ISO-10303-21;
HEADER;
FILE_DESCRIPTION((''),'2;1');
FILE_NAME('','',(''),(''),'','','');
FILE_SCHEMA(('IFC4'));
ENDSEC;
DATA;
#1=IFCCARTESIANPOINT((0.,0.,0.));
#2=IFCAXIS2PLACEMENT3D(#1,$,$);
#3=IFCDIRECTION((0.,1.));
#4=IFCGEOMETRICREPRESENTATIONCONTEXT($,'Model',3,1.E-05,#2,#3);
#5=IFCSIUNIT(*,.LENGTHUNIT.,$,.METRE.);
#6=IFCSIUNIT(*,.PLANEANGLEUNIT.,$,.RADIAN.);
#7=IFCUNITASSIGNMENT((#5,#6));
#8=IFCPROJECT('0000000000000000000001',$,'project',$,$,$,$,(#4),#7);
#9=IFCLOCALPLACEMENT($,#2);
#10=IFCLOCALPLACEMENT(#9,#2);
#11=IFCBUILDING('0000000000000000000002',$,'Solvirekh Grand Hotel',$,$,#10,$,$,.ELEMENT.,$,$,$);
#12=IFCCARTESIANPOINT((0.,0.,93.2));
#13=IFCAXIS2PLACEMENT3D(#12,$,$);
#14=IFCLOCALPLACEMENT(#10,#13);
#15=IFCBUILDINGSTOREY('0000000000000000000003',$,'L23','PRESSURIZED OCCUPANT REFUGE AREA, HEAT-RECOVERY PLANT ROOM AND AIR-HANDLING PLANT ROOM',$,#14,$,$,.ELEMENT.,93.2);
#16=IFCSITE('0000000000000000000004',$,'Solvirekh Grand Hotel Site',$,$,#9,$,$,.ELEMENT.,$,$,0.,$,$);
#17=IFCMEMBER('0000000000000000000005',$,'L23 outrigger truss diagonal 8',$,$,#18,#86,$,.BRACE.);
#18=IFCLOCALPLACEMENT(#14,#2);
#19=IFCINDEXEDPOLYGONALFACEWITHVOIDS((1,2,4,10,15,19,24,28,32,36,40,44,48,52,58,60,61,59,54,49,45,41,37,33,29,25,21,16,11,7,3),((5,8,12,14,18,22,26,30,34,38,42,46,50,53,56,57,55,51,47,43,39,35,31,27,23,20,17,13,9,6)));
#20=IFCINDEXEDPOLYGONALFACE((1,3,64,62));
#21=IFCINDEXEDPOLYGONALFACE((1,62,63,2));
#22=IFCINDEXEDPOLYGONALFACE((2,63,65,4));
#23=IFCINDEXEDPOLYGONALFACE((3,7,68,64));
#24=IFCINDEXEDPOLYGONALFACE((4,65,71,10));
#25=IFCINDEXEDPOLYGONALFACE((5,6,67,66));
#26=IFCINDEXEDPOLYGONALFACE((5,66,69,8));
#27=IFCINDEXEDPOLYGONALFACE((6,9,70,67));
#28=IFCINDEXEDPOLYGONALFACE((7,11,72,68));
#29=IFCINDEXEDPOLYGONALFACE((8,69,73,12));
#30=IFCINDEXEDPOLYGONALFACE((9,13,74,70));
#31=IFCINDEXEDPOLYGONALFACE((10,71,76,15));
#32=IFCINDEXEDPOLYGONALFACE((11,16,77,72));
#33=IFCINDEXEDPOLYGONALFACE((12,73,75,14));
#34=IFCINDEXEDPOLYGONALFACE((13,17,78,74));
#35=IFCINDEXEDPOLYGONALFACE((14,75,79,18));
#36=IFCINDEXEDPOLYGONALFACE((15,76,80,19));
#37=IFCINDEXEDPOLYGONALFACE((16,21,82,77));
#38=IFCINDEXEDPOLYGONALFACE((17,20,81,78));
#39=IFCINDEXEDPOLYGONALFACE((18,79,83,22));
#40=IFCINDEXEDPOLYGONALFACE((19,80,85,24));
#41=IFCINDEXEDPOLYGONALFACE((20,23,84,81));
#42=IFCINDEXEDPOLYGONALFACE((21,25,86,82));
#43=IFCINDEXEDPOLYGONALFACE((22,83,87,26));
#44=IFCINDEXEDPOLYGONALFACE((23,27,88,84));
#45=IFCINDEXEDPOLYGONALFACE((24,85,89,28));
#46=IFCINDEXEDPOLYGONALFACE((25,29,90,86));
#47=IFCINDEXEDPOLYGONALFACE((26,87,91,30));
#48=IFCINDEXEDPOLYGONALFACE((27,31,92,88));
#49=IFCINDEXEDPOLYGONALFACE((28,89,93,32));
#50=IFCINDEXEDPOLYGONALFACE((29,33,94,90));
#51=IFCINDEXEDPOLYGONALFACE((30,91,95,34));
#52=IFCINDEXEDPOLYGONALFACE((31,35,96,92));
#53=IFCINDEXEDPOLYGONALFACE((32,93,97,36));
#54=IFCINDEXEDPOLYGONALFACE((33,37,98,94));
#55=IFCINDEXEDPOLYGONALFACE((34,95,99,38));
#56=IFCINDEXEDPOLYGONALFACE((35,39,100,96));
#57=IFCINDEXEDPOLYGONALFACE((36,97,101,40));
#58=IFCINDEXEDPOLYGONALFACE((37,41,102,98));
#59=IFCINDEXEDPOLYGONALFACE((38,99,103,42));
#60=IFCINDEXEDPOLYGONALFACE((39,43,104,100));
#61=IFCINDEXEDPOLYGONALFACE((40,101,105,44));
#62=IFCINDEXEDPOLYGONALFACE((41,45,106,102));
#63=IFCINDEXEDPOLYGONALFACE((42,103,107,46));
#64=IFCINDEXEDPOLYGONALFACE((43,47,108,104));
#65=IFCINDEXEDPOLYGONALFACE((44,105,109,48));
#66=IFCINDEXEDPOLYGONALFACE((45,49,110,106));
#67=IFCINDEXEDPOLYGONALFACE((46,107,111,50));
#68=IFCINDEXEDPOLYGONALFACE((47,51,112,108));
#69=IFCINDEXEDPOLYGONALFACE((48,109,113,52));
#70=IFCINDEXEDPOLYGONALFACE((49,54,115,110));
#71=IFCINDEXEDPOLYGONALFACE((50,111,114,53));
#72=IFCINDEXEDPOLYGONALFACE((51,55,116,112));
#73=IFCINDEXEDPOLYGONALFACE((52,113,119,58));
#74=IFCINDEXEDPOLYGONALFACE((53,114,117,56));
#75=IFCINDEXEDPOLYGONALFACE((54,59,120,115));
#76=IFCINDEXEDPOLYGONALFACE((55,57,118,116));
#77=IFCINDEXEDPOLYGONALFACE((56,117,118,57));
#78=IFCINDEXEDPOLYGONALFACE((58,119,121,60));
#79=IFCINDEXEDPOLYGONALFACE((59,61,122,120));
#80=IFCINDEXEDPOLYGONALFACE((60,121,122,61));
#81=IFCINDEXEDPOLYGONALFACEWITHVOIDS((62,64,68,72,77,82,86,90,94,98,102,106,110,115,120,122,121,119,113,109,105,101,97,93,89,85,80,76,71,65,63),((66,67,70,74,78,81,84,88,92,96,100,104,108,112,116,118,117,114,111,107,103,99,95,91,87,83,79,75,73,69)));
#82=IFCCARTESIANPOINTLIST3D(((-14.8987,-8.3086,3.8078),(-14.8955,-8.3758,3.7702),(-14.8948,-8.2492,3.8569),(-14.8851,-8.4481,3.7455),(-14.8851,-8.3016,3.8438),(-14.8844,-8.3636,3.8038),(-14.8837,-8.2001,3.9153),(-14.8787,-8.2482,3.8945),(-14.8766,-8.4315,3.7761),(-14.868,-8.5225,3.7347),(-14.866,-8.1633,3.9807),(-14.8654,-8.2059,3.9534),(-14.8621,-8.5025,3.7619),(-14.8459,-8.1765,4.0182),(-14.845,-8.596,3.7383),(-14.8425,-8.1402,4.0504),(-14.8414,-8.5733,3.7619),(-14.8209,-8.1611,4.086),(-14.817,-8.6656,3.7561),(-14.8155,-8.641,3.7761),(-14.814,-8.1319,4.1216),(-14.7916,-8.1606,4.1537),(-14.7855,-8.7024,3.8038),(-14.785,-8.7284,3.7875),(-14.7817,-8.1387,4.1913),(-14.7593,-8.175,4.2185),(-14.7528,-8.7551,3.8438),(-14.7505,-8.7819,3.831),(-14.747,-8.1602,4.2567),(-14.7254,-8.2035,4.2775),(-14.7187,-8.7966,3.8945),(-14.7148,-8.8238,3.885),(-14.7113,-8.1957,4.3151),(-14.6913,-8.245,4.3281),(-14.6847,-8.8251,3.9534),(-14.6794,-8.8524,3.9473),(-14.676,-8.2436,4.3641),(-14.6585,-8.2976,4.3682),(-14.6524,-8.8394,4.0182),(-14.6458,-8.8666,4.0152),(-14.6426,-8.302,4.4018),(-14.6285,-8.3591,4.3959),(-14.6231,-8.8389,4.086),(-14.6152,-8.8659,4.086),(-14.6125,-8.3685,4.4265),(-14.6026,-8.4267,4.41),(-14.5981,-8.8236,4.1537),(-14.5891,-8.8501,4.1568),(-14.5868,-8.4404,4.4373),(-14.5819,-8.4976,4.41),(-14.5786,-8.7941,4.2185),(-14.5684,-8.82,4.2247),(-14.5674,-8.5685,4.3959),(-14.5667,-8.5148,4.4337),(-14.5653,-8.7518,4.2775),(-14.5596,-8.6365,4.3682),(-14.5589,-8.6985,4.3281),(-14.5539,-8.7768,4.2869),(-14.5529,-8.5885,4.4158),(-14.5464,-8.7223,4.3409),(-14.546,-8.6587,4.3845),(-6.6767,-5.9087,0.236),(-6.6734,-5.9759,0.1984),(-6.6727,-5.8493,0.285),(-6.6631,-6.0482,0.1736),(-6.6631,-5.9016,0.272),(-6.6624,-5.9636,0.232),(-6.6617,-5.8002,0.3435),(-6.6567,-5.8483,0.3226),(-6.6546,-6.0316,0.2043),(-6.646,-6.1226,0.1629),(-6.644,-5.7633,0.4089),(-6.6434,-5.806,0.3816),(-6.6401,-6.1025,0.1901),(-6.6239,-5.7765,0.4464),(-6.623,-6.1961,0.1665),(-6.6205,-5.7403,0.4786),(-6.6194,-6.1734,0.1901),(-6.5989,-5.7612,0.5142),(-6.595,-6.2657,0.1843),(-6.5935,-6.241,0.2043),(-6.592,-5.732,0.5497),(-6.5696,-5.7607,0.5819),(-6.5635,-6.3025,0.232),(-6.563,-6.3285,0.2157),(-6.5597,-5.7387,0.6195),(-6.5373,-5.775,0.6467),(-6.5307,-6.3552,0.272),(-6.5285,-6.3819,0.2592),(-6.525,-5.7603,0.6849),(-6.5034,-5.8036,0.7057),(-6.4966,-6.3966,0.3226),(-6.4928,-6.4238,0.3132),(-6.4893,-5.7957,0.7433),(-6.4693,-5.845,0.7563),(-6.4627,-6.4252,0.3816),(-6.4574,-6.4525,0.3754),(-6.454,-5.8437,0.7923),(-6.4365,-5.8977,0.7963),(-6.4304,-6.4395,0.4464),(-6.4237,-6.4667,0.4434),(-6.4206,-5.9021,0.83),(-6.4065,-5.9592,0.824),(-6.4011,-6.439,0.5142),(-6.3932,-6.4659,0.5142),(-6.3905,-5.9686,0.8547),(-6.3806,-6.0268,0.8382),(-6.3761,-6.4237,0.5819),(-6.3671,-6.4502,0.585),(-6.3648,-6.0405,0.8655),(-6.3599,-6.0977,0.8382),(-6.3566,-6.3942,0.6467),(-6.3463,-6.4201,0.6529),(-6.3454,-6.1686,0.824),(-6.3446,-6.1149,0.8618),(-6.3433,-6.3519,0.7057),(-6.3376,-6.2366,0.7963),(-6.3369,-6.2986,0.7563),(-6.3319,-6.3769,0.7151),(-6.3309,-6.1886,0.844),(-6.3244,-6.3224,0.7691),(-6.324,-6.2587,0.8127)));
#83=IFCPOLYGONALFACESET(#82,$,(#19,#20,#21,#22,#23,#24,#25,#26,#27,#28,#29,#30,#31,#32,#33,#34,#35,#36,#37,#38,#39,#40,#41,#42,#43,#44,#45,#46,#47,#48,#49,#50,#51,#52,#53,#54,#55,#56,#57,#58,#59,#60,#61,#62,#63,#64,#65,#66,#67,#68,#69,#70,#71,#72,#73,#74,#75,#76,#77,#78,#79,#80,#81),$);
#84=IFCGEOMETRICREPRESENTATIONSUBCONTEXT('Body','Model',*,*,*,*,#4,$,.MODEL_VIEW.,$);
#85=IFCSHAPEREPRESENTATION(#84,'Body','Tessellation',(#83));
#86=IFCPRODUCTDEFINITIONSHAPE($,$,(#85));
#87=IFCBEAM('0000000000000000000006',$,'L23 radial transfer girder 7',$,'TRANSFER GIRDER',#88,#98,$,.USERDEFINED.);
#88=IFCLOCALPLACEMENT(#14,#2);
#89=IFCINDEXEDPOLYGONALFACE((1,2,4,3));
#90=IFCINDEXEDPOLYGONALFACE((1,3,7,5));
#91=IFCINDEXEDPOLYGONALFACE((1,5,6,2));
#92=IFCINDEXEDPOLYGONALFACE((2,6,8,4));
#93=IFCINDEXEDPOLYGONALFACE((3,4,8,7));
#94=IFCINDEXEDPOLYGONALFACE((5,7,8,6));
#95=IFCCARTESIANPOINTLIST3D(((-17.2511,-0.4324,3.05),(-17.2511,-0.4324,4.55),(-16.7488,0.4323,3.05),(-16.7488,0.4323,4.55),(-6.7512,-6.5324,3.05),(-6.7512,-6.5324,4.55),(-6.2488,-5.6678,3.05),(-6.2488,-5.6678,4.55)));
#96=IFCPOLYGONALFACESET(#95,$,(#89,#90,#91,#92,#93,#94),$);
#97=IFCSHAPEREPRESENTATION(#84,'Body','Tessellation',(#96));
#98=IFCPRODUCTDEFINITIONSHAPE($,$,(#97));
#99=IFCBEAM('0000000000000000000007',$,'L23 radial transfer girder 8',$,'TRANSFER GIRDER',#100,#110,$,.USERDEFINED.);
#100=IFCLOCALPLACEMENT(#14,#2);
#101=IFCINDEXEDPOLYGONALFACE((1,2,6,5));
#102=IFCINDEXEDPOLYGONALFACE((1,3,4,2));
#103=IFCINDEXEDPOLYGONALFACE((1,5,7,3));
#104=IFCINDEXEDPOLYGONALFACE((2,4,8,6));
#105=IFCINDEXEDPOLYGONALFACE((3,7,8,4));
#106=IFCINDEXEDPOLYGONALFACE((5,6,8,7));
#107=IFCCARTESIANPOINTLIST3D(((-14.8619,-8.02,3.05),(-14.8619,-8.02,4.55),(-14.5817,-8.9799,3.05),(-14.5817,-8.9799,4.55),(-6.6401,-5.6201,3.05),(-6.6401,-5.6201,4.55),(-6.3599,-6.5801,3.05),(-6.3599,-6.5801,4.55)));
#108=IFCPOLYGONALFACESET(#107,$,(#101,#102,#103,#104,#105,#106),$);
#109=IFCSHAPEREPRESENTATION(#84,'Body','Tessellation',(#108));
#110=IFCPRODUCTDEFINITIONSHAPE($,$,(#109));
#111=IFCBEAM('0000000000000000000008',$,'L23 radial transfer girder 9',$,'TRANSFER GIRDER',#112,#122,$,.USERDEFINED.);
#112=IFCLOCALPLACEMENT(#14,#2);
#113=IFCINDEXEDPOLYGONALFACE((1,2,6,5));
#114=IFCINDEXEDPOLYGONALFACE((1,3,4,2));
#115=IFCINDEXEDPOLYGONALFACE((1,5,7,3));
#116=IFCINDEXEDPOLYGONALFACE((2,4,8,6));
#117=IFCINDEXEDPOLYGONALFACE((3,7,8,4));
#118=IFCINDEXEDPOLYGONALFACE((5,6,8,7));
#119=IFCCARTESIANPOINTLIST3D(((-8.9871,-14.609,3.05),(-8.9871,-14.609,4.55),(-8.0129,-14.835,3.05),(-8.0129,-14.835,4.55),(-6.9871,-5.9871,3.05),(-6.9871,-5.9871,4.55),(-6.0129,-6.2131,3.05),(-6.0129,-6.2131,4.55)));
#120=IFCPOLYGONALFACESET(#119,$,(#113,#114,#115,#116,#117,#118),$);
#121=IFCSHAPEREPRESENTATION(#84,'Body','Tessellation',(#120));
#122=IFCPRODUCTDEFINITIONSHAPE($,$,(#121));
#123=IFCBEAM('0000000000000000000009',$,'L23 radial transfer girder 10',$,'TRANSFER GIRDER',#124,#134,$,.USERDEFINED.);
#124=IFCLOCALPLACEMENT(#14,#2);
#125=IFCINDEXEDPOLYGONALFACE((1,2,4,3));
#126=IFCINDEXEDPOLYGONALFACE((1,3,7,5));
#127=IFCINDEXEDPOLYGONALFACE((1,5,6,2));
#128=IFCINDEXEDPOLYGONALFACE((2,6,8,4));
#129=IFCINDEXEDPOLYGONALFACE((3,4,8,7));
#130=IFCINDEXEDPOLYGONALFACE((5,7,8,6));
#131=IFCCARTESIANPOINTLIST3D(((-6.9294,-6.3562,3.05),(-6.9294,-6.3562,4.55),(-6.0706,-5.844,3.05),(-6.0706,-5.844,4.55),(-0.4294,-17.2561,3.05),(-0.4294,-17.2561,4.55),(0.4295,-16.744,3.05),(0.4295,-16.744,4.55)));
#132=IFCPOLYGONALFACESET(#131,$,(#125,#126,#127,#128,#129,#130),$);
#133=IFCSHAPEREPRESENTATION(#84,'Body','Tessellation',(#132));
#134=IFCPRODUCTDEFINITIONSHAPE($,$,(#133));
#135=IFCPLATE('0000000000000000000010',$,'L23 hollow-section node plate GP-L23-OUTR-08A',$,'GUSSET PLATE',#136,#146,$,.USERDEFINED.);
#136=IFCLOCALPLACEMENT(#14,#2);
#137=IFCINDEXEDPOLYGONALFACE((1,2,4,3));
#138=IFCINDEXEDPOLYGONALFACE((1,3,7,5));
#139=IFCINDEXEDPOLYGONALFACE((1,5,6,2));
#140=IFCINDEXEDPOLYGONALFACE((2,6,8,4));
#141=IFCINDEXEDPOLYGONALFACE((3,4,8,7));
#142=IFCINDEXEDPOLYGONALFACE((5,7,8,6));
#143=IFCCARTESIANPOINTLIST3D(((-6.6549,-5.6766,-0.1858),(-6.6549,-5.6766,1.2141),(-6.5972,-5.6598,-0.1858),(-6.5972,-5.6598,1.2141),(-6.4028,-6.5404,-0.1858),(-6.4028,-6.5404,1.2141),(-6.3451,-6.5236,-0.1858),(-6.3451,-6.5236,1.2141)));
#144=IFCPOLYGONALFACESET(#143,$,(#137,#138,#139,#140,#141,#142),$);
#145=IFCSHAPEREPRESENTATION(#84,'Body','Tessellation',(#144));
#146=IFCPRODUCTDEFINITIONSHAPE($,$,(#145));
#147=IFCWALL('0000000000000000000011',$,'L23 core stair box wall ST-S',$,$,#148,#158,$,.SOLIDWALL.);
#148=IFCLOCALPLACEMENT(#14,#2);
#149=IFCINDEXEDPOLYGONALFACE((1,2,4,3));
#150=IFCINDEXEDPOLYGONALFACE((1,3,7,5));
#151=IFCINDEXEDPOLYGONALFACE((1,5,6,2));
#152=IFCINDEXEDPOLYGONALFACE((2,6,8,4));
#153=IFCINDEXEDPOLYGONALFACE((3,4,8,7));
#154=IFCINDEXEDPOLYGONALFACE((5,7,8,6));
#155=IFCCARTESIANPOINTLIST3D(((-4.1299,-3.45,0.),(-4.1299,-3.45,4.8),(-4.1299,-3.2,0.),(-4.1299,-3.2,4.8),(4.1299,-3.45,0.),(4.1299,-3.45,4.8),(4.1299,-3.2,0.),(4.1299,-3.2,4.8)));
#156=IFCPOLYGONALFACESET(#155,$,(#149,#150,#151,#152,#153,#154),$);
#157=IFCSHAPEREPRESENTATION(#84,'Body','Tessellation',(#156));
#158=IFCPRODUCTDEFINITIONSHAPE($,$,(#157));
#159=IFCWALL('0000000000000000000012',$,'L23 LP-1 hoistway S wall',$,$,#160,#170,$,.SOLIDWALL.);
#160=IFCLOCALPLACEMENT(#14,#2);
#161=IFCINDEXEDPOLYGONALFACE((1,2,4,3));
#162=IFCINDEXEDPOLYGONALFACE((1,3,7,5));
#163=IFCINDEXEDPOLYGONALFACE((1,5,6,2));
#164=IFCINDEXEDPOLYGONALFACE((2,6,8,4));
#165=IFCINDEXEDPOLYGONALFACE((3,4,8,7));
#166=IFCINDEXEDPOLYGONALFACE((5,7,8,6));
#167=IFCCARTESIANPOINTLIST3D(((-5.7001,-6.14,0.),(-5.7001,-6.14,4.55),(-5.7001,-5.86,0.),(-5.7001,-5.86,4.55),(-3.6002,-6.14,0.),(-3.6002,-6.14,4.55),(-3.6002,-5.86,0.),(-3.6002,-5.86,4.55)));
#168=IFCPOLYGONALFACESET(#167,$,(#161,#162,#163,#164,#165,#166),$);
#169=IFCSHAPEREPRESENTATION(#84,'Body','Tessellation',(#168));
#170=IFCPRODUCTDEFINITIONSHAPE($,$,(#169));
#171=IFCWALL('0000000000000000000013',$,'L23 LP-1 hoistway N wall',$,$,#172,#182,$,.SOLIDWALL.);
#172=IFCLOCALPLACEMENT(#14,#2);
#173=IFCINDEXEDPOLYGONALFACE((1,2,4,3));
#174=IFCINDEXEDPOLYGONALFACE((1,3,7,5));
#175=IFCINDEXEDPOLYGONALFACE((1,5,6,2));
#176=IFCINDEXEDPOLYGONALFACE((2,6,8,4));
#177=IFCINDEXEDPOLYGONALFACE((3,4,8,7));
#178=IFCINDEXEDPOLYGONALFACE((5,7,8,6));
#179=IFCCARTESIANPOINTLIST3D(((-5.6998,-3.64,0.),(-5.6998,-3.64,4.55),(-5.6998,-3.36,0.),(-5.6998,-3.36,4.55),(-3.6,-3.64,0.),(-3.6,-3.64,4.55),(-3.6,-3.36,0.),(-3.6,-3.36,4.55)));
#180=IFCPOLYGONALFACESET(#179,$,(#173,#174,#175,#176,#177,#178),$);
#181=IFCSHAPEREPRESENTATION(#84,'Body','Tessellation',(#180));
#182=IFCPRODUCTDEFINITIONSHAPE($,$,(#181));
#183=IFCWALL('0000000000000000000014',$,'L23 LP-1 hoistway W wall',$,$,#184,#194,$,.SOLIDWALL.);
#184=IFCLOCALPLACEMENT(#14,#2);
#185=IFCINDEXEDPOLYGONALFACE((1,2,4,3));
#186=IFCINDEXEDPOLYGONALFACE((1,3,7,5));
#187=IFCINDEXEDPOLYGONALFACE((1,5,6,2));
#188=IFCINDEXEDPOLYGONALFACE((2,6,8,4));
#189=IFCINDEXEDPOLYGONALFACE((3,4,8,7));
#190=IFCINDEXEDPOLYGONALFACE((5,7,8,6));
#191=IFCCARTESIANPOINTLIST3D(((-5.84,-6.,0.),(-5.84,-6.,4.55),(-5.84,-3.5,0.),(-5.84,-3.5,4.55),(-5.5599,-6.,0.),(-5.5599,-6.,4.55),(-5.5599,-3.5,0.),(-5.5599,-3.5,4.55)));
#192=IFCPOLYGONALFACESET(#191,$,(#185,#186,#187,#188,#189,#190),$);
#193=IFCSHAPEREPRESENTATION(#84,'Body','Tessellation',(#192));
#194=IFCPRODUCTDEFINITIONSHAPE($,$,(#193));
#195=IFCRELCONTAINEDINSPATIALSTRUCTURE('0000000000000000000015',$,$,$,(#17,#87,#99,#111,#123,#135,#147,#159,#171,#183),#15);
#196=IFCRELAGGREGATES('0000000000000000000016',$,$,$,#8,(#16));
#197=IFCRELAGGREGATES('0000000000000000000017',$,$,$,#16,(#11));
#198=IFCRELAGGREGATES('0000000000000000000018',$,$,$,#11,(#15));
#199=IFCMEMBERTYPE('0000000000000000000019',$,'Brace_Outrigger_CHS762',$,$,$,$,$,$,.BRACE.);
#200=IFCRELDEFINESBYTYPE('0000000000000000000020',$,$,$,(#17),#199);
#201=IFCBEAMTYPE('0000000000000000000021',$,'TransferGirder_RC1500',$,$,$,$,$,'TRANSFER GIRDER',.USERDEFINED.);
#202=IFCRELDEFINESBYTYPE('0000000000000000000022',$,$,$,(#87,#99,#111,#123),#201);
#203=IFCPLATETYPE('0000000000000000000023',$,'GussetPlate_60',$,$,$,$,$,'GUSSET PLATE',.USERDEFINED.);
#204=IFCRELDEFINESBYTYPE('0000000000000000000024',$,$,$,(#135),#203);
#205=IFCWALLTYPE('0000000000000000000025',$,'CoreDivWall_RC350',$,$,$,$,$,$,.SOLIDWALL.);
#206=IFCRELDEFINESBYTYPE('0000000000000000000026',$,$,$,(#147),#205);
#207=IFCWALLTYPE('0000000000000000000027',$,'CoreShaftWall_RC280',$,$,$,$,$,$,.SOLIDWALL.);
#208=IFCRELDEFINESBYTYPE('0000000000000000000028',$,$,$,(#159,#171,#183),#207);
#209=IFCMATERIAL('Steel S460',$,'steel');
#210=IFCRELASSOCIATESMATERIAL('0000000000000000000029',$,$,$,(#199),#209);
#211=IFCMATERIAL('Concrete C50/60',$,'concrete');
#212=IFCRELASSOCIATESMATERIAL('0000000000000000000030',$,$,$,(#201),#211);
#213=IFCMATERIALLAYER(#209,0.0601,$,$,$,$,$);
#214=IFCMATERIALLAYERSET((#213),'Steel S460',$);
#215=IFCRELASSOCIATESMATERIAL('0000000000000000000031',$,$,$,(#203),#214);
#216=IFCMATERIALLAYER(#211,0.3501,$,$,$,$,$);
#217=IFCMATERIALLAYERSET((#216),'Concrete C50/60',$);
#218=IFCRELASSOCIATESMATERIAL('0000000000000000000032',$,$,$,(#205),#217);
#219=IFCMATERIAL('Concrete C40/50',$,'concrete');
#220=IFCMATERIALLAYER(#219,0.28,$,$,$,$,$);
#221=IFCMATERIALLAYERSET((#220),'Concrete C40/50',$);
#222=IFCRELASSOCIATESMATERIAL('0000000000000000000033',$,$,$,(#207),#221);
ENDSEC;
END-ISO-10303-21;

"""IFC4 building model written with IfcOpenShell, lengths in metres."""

from ifc_helpers import new_model, si_unit, direction, frame, frame_2d, origin, origin_2d, place, context, subcontext, project, spatial, rectangle, hollow_circle, extrude, material, layer, layer_set, material_profile, profile_set, type_object, element, save


model = new_model("IFC4")

# Units and contexts
model_context = context("Model", 3, precision=1e-05, world=origin(), true_north=direction((0.0, 1.0)))
body_context = subcontext(model_context, "Body", "Model", "MODEL_VIEW")
ifc_project = project(units=[si_unit("LENGTHUNIT", "METRE"), si_unit("PLANEANGLEUNIT", "RADIAN")], contexts=[model_context])

# Site, building, storey
site_placement = place(None, origin())
site = spatial("IfcSite", under=ifc_project, at=site_placement, Name="Solvirekh Grand Hotel Site", CompositionType="ELEMENT", RefElevation=0.0)
building_placement = place(site_placement, origin())
building = spatial("IfcBuilding", under=site, at=building_placement, Name="Solvirekh Grand Hotel", CompositionType="ELEMENT")
storey_placement = place(building_placement, frame((0.0, 0.0, 93.2)))
storey = spatial("IfcBuildingStorey", under=building, at=storey_placement, Name="L23", Description="PRESSURIZED OCCUPANT REFUGE AREA, HEAT-RECOVERY PLANT ROOM AND AIR-HANDLING PLANT ROOM", CompositionType="ELEMENT", Elevation=93.2)

# Shared definitions
ifc_material_1 = material(Name="Steel S460", Category="steel")

# Member
ifc_material_profile_1 = material_profile(ifc_material_1, hollow_circle(Radius=0.3811, WallThickness=0.0281, at=origin_2d()), Name="CHS 762X28")
ifc_profile_set_1 = profile_set([ifc_material_profile_1], Name="Steel S460")
member_type = type_object("IfcMemberType", Name="Brace_Outrigger_CHS762", PredefinedType="BRACE", material=ifc_profile_set_1)
member_placement = place(storey_placement, frame((-6.5, -6.1001, 0.5142), z_axis=(-0.88599, -0.258612, 0.384893), x_axis=(0.280198, -0.959942, 0.0)))
element("IfcMember", 1, at=member_placement, inside=storey, type_object=member_type, Name="L23 outrigger truss diagonal 8", PredefinedType="BRACE", context=body_context, shape_type="SweptSolid", body=[
    extrude(hollow_circle(Radius=0.3811, WallThickness=0.0281, at=origin_2d()), origin(), (0.0, 0.0, 1.0), 9.28),
])

# Beams
ifc_material_2 = material(Name="Concrete C50/60", Category="concrete")
ifc_material_profile_2 = material_profile(ifc_material_2, rectangle(XDim=1.0, YDim=1.5, at=origin_2d()), Name="RC GIRDER 1000X1500")
ifc_profile_set_2 = profile_set([ifc_material_profile_2], Name="Concrete C50/60")
beam_type_1 = type_object("IfcBeamType", Name="TransferGirder_RC1500", ElementType="TRANSFER GIRDER", PredefinedType="USERDEFINED", material=ifc_profile_set_2)
beam_1_placement = place(storey_placement, frame((-6.5, -6.1001, 3.8), z_axis=(-0.86467, 0.50234, 0.0), x_axis=(-0.50234, -0.86467, 0.0)))
element("IfcBeam", 2, at=beam_1_placement, inside=storey, type_object=beam_type_1, Name="L23 radial transfer girder 7", ObjectType="TRANSFER GIRDER", PredefinedType="USERDEFINED", context=body_context, shape_type="SweptSolid", body=[
    extrude(rectangle(XDim=1.0, YDim=1.5, at=origin_2d()), origin(), (0.0, 0.0, 1.0), 12.1433),
])
beam_2_placement = place(storey_placement, frame((-6.5, -6.1001, 3.8), z_axis=(-0.959942, -0.280198, 0.0), x_axis=(0.280198, -0.959942, 0.0)))
element("IfcBeam", 3, at=beam_2_placement, inside=storey, type_object=beam_type_1, Name="L23 radial transfer girder 8", ObjectType="TRANSFER GIRDER", PredefinedType="USERDEFINED", context=body_context, shape_type="SweptSolid", body=[
    extrude(rectangle(XDim=1.0, YDim=1.5, at=origin_2d()), origin(), (0.0, 0.0, 1.0), 8.5649),
])
beam_3_placement = place(storey_placement, frame((-6.5, -6.1001, 3.8), z_axis=(-0.225969, -0.974134, 0.0), x_axis=(0.974134, -0.225969, 0.0)))
element("IfcBeam", 4, at=beam_3_placement, inside=storey, type_object=beam_type_1, Name="L23 radial transfer girder 9", ObjectType="TRANSFER GIRDER", PredefinedType="USERDEFINED", context=body_context, shape_type="SweptSolid", body=[
    extrude(rectangle(XDim=1.0, YDim=1.5, at=origin_2d()), origin(), (0.0, 0.0, 1.0), 8.8508),
])
beam_4_placement = place(storey_placement, frame((-6.5, -6.1001, 3.8), z_axis=(0.51218, -0.858878, 0.0), x_axis=(0.858878, 0.51218, 0.0)))
element("IfcBeam", 5, at=beam_4_placement, inside=storey, type_object=beam_type_1, Name="L23 radial transfer girder 10", ObjectType="TRANSFER GIRDER", PredefinedType="USERDEFINED", context=body_context, shape_type="SweptSolid", body=[
    extrude(rectangle(XDim=1.0, YDim=1.5, at=origin_2d()), origin(), (0.0, 0.0, 1.0), 12.6909),
])

# Plate
ifc_layer_1 = layer(ifc_material_1, 0.0601)
ifc_layer_set_1 = layer_set([ifc_layer_1], Name="Steel S460")
plate_type = type_object("IfcPlateType", Name="GussetPlate_60", ElementType="GUSSET PLATE", PredefinedType="USERDEFINED", material=ifc_layer_set_1)
plate_placement = place(storey_placement, frame((-6.5, -6.1001, -0.1858), z_axis=(0.0, 0.0, 1.0), x_axis=(-0.959952, -0.280164, 0.0)))
element("IfcPlate", 6, at=plate_placement, inside=storey, type_object=plate_type, Name="L23 hollow-section node plate GP-L23-OUTR-08A", ObjectType="GUSSET PLATE", PredefinedType="USERDEFINED", context=body_context, shape_type="SweptSolid", body=[
    extrude(rectangle(XDim=0.0601, YDim=0.8999, at=origin_2d()), origin(), (0.0, 0.0, 1.0), 1.3999),
])

# Walls
ifc_layer_2 = layer(ifc_material_2, 0.3501)
ifc_layer_set_2 = layer_set([ifc_layer_2], Name="Concrete C50/60")
wall_type_1 = type_object("IfcWallType", Name="CoreDivWall_RC350", PredefinedType="SOLIDWALL", material=ifc_layer_set_2)
wall_1_placement = place(storey_placement, frame((-4.1299, -3.325, 0.0), z_axis=(0.0, 0.0, 1.0), x_axis=(1.0, 0.0, 0.0)))
element("IfcWall", 7, at=wall_1_placement, inside=storey, type_object=wall_type_1, Name="L23 core stair box wall ST-S", PredefinedType="SOLIDWALL", context=body_context, shape_type="SweptSolid", body=[
    extrude(rectangle(XDim=8.2598, YDim=0.25, at=frame_2d((4.1299, 0.0))), origin(), (0.0, 0.0, 1.0), 4.8),
])
ifc_material_3 = material(Name="Concrete C40/50", Category="concrete")
ifc_layer_3 = layer(ifc_material_3, 0.28)
ifc_layer_set_3 = layer_set([ifc_layer_3], Name="Concrete C40/50")
wall_type_2 = type_object("IfcWallType", Name="CoreShaftWall_RC280", PredefinedType="SOLIDWALL", material=ifc_layer_set_3)
for number, where, z_axis, x_axis, name in (
    (8, (-5.7, -6.0, 0.0), (0.0, 0.0, 1.0), (1.0, 0.0, 0.0), "L23 LP-1 hoistway S wall"),
    (9, (-3.6001, -3.5, 0.0), (0.0, 0.0, 1.0), (-1.0, 0.0, 0.0), "L23 LP-1 hoistway N wall"),
):
    element("IfcWall", number, at=place(storey_placement, frame(where, z_axis=z_axis, x_axis=x_axis)), inside=storey, type_object=wall_type_2, Name=name, PredefinedType="SOLIDWALL", context=body_context, shape_type="SweptSolid", body=[
        extrude(rectangle(XDim=2.0999, YDim=0.28, at=frame_2d((1.0498, 0.0))), origin(), (0.0, 0.0, 1.0), 4.55),
    ])
for number, where, z_axis, x_axis, name in (
    (10, (-5.7, -3.5, 0.0), (0.0, 0.0, 1.0), (0.0, -1.0, 0.0), "L23 LP-1 hoistway W wall"),
):
    element("IfcWall", number, at=place(storey_placement, frame(where, z_axis=z_axis, x_axis=x_axis)), inside=storey, type_object=wall_type_2, Name=name, PredefinedType="SOLIDWALL", context=body_context, shape_type="SweptSolid", body=[
        extrude(rectangle(XDim=2.5, YDim=0.28, at=frame_2d((1.25, 0.0))), origin(), (0.0, 0.0, 1.0), 4.55),
    ])

save(model, "model.ifc")
